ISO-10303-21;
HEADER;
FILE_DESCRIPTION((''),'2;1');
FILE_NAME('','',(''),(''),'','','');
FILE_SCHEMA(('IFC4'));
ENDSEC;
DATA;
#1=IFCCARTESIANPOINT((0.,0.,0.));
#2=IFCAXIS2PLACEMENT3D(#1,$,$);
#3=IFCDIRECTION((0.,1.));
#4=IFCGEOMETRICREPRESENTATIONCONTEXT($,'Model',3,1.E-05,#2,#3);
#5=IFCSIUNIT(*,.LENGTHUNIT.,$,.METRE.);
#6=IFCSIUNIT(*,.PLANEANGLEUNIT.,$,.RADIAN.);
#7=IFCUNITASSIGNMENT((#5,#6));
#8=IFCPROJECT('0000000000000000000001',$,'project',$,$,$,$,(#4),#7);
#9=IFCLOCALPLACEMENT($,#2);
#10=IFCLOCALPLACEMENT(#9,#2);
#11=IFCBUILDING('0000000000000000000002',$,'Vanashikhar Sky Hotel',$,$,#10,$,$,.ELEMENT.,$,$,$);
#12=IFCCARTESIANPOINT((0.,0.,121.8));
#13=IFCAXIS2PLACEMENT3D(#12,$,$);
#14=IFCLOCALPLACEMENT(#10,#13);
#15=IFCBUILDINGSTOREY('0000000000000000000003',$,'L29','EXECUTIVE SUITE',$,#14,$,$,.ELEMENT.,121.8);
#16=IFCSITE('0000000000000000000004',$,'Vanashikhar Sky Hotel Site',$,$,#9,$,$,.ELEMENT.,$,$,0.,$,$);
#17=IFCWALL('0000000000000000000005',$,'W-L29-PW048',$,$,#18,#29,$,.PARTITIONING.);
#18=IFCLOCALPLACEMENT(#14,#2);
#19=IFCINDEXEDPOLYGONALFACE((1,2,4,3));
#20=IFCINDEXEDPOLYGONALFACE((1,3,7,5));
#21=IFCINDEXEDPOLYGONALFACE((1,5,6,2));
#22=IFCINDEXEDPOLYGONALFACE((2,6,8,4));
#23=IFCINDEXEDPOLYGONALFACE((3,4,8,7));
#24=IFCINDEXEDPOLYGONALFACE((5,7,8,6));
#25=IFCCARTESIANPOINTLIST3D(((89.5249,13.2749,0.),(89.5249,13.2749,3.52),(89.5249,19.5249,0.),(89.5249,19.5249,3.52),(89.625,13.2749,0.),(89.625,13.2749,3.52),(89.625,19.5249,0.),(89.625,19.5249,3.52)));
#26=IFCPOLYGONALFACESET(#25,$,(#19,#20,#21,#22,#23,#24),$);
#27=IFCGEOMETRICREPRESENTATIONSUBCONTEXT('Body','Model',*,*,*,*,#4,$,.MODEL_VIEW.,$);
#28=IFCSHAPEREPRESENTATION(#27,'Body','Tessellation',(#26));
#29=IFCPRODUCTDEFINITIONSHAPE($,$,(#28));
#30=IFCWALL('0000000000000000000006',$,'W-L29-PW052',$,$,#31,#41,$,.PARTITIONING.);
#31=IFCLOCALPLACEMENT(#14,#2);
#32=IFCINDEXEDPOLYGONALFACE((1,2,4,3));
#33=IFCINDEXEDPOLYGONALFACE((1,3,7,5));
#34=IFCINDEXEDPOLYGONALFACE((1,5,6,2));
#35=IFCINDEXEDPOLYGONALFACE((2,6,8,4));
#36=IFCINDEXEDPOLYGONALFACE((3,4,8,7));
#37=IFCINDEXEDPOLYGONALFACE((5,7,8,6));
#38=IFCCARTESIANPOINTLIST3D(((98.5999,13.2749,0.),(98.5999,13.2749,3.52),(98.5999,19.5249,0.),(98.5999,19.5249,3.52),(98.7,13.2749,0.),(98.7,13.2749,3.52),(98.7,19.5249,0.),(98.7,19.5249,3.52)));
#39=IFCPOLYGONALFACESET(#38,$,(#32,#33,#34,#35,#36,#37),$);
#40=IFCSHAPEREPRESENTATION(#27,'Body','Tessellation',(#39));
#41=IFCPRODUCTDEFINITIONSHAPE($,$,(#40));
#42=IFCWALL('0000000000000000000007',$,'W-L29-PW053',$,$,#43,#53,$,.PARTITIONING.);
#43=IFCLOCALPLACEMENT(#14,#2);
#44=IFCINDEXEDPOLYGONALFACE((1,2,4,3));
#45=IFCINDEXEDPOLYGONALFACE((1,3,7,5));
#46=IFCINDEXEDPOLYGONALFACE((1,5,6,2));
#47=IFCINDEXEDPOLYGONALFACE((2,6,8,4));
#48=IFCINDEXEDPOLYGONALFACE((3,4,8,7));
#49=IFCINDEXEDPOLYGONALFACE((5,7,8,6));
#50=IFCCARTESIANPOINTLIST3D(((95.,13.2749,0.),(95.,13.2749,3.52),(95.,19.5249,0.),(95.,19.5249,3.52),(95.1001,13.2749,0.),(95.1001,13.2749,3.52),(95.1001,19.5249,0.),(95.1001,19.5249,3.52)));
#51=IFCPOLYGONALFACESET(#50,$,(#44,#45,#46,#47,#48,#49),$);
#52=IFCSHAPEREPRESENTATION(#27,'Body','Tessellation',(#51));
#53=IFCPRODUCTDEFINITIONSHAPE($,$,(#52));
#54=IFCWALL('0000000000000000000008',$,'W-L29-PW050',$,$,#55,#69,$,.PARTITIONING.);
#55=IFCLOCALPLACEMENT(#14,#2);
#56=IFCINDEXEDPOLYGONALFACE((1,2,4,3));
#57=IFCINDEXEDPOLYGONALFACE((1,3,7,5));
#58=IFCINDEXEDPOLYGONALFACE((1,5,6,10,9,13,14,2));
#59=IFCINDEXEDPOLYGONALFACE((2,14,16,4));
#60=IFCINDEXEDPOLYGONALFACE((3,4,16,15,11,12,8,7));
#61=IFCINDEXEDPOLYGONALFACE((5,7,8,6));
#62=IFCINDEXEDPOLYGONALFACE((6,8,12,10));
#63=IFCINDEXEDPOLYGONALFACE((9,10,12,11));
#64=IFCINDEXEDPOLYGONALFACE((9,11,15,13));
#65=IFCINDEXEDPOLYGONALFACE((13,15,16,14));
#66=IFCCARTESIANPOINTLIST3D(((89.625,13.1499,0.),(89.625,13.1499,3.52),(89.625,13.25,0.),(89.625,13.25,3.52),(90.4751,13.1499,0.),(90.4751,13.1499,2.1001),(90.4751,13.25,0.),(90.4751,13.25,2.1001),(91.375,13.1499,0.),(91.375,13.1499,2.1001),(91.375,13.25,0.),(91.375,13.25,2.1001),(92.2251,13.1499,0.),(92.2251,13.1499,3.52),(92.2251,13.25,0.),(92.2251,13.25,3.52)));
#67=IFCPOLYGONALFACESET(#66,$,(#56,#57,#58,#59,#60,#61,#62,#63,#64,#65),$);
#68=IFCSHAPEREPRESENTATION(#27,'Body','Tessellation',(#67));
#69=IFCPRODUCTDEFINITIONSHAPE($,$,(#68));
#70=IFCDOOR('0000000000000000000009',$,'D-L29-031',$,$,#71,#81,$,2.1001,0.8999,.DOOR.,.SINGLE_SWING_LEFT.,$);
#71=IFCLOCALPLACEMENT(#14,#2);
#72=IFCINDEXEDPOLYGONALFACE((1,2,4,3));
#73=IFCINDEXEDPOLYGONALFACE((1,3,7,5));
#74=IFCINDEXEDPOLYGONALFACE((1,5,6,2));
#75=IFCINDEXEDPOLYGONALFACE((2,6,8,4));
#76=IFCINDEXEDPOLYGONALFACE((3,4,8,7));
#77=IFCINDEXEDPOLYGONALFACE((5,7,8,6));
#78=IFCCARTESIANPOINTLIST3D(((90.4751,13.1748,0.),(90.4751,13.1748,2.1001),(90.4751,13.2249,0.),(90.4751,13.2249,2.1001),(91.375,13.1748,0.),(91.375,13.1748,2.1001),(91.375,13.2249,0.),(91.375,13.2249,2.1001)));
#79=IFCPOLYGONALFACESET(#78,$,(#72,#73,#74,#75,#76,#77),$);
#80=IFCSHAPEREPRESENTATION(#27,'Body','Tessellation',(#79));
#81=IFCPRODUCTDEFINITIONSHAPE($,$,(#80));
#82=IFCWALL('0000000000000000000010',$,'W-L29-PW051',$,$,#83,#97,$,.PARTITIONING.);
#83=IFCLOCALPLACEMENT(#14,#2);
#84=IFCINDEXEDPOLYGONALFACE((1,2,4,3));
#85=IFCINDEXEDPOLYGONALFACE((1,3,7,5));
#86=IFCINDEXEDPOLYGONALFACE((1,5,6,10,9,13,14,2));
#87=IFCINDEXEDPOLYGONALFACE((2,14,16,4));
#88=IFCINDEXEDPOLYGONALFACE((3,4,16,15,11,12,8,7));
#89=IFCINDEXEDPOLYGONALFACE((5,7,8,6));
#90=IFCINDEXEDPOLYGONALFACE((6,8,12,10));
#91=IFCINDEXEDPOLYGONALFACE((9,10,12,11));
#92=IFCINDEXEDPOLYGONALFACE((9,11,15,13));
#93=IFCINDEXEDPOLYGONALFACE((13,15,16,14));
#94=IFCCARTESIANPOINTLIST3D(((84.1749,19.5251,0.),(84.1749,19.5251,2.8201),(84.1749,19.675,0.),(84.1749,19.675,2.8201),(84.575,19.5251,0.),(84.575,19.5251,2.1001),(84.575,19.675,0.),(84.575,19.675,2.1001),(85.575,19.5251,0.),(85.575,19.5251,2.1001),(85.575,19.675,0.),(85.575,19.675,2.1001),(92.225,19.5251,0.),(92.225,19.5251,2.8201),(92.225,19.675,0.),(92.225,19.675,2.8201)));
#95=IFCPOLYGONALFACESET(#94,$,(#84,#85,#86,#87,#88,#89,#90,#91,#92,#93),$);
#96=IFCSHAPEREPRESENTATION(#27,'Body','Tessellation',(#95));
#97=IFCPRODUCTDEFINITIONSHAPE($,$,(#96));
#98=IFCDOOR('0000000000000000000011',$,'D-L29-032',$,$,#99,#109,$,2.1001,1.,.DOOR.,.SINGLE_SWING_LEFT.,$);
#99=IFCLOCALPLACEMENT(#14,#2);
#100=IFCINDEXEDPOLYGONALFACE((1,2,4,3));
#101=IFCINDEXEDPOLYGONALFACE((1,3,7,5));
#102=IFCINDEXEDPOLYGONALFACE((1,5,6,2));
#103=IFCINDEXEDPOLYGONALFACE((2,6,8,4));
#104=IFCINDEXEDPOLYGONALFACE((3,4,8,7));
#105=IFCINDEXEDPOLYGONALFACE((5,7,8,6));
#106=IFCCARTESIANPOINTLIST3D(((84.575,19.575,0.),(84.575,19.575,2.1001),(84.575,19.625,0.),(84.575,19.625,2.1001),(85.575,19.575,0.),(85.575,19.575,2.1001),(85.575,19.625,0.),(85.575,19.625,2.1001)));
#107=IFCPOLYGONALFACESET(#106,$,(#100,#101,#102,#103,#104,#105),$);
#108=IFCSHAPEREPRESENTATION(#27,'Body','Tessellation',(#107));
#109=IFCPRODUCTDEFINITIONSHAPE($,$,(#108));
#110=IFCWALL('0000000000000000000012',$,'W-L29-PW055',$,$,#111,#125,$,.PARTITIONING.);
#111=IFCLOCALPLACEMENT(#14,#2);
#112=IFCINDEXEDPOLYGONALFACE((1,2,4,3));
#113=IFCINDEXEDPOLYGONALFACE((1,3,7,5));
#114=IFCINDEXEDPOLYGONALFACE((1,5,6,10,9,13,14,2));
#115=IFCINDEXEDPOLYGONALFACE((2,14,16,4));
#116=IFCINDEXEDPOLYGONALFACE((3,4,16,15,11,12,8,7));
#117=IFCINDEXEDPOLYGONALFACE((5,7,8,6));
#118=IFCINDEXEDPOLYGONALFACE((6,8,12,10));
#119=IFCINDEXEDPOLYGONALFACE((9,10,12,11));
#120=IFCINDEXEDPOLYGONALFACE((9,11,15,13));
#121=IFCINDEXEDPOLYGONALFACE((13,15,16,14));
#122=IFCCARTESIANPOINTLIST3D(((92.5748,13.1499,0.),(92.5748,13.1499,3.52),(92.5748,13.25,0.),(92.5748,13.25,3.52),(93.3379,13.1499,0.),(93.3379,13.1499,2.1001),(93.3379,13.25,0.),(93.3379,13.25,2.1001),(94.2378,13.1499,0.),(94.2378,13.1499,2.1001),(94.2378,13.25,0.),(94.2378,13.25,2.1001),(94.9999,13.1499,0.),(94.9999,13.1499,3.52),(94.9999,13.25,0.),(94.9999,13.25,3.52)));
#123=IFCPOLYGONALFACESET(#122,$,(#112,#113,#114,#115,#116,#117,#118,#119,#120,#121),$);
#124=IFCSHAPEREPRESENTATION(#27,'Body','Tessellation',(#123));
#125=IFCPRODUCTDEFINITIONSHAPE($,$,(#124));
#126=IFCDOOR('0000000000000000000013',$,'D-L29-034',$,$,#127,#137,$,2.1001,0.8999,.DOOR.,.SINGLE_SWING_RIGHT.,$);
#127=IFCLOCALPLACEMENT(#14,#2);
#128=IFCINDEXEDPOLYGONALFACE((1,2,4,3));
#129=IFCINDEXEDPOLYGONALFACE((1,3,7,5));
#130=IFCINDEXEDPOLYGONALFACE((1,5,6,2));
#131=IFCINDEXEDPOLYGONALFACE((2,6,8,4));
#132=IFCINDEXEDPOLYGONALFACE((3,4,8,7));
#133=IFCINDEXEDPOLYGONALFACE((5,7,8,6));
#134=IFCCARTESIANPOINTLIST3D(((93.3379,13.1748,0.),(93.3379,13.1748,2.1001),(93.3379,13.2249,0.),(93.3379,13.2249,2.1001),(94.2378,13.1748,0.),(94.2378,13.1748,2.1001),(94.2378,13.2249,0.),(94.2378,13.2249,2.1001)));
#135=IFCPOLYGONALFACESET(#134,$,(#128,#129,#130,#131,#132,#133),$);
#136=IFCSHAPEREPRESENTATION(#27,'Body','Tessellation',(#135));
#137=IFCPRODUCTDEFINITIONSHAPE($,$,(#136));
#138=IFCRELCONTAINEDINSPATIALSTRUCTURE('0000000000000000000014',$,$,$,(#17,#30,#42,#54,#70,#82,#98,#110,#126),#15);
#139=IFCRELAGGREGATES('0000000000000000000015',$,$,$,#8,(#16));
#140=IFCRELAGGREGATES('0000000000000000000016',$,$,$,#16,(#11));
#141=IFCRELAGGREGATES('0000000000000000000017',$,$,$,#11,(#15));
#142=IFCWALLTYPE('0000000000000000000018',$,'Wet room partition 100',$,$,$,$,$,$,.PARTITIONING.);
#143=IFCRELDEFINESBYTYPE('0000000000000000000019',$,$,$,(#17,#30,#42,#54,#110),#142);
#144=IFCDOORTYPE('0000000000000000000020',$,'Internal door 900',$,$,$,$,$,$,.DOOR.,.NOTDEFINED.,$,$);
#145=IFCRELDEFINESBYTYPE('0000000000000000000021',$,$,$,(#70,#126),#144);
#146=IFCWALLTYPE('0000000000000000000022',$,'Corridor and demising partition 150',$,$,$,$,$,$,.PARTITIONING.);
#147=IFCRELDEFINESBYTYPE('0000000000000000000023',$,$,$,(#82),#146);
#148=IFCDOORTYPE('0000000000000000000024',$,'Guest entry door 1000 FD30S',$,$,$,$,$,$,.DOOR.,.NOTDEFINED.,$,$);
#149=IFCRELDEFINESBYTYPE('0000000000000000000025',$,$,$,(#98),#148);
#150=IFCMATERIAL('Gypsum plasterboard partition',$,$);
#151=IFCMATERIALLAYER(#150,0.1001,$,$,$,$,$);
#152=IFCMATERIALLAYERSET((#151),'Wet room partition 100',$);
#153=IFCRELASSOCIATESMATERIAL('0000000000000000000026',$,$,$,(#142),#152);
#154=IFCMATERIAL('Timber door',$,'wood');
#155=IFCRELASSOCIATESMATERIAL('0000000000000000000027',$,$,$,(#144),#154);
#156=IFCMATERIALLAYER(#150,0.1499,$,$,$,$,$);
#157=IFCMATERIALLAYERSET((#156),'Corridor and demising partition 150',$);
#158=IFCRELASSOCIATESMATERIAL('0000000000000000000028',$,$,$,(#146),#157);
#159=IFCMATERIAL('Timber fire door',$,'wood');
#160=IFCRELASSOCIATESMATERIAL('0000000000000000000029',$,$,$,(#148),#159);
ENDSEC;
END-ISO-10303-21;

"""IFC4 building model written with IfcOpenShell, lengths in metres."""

from ifc_helpers import new_model, si_unit, direction, frame, frame_2d, origin, place, context, subcontext, project, spatial, rectangle, extrude, source, transform, mapped, material, layer, layer_set, type_object, element, fill, save


model = new_model("IFC4")

# Units and contexts
model_context = context("Model", 3, precision=1e-05, world=origin(), true_north=direction((0.0, 1.0)))
body_context = subcontext(model_context, "Body", "Model", "MODEL_VIEW")
ifc_project = project(units=[si_unit("LENGTHUNIT", "METRE"), si_unit("PLANEANGLEUNIT", "RADIAN")], contexts=[model_context])

# Site, building, storey
site_placement = place(None, origin())
site = spatial("IfcSite", under=ifc_project, at=site_placement, Name="Vanashikhar Sky Hotel Site", CompositionType="ELEMENT", RefElevation=0.0)
building_placement = place(site_placement, origin())
building = spatial("IfcBuilding", under=site, at=building_placement, Name="Vanashikhar Sky Hotel", CompositionType="ELEMENT")
storey_placement = place(building_placement, frame((0.0, 0.0, 121.8)))
storey = spatial("IfcBuildingStorey", under=building, at=storey_placement, Name="L29", Description="EXECUTIVE SUITE", CompositionType="ELEMENT", Elevation=121.8)

# Shared definitions
ifc_material_1 = material(Name="Gypsum plasterboard partition")
ifc_layer_1 = layer(ifc_material_1, 0.1001)
ifc_layer_set_1 = layer_set([ifc_layer_1], Name="Wet room partition 100")
wall_type_1 = type_object("IfcWallType", Name="Wet room partition 100", PredefinedType="PARTITIONING", material=ifc_layer_set_1)
shared_shape_1 = source(origin(), body_context, "Body", "SweptSolid", [
    extrude(rectangle(XDim=0.8999, YDim=2.1001, at=frame_2d((0.45, 1.05))), frame((0.0, 0.0601, 0.0), z_axis=(0.0, -1.0, 0.0), x_axis=(1.0, 0.0, 0.0)), (0.0, 0.0, 1.0), 0.1201),
])
ifc_material_2 = material(Name="Timber door", Category="wood")
door_type_1 = type_object("IfcDoorType", Name="Internal door 900", OperationType="NOTDEFINED", PredefinedType="DOOR", material=ifc_material_2)
shared_shape_2 = source(origin(), body_context, "Body", "SweptSolid", [
    extrude(rectangle(XDim=0.8999, YDim=2.1001, at=frame_2d((0.45, 1.05))), frame((0.0, 0.0249, 0.0), z_axis=(0.0, -1.0, 0.0), x_axis=(1.0, 0.0, 0.0)), (0.0, 0.0, 1.0), 0.05),
])

# Walls
shared_shape_3 = source(origin(), body_context, "Body", "SweptSolid", [
    extrude(rectangle(XDim=6.25, YDim=0.1001, at=frame_2d((3.125, 0.0))), origin(), (0.0, 0.0, 1.0), 3.52),
])
for number, where, z_axis, x_axis, name in (
    (1, (89.575, 13.2749, 0.0), (0.0, 0.0, 1.0), (0.0, 1.0, 0.0), "W-L29-PW048"),
    (2, (98.6499, 13.2749, 0.0), (0.0, 0.0, 1.0), (0.0, 1.0, 0.0), "W-L29-PW052"),
    (3, (95.05, 13.2749, 0.0), (0.0, 0.0, 1.0), (0.0, 1.0, 0.0), "W-L29-PW053"),
):
    element("IfcWall", number, at=place(storey_placement, frame(where, z_axis=z_axis, x_axis=x_axis)), inside=storey, type_object=wall_type_1, Name=name, PredefinedType="PARTITIONING", context=body_context, shape_type="MappedRepresentation", body=[
        mapped(shared_shape_3, transform((0.0, 0.0, 0.0), scale=1.0)),
    ])

# Walls, openings, doors
shared_shape_4 = source(origin(), body_context, "Body", "SweptSolid", [
    extrude(rectangle(XDim=2.6001, YDim=0.1001, at=frame_2d((1.3, 0.0))), origin(), (0.0, 0.0, 1.0), 3.52),
])
wall_1_placement = place(storey_placement, frame((89.625, 13.2, 0.0), z_axis=(0.0, 0.0, 1.0), x_axis=(1.0, 0.0, 0.0)))
wall_1 = element("IfcWall", 4, at=wall_1_placement, inside=storey, type_object=wall_type_1, Name="W-L29-PW050", PredefinedType="PARTITIONING", context=body_context, shape_type="MappedRepresentation", body=[
    mapped(shared_shape_4, transform((0.0, 0.0, 0.0), scale=1.0)),
])
opening_1_placement = place(wall_1_placement, frame((0.8501, 0.0, 0.0)))
opening_1 = element("IfcOpeningElement", 5, at=opening_1_placement, cuts=wall_1, PredefinedType="OPENING", context=body_context, shape_type="MappedRepresentation", body=[
    mapped(shared_shape_1, transform((0.0, 0.0, 0.0), scale=1.0)),
])
door_1_placement = place(opening_1_placement, origin())
door_1 = element("IfcDoor", 6, at=door_1_placement, inside=storey, type_object=door_type_1, Name="D-L29-031", OperationType="SINGLE_SWING_LEFT", OverallHeight=2.1001, OverallWidth=0.8999, PredefinedType="DOOR", context=body_context, shape_type="MappedRepresentation", body=[
    mapped(shared_shape_2, transform((0.0, 0.0, 0.0), scale=1.0)),
])
fill(opening_1, door_1)
ifc_layer_2 = layer(ifc_material_1, 0.1499)
ifc_layer_set_2 = layer_set([ifc_layer_2], Name="Corridor and demising partition 150")
wall_type_2 = type_object("IfcWallType", Name="Corridor and demising partition 150", PredefinedType="PARTITIONING", material=ifc_layer_set_2)
shared_shape_5 = source(origin(), body_context, "Body", "SweptSolid", [
    extrude(rectangle(XDim=8.05, YDim=0.1499, at=frame_2d((4.0249, 0.0))), origin(), (0.0, 0.0, 1.0), 2.8201),
])
wall_2_placement = place(storey_placement, frame((84.175, 19.6001, 0.0), z_axis=(0.0, 0.0, 1.0), x_axis=(1.0, 0.0, 0.0)))
wall_2 = element("IfcWall", 7, at=wall_2_placement, inside=storey, type_object=wall_type_2, Name="W-L29-PW051", PredefinedType="PARTITIONING", context=body_context, shape_type="MappedRepresentation", body=[
    mapped(shared_shape_5, transform((0.0, 0.0, 0.0), scale=1.0)),
])
shared_shape_6 = source(origin(), body_context, "Body", "SweptSolid", [
    extrude(rectangle(XDim=1.0, YDim=2.1001, at=frame_2d((0.5, 1.05))), frame((0.0, 0.085, 0.0), z_axis=(0.0, -1.0, 0.0), x_axis=(1.0, 0.0, 0.0)), (0.0, 0.0, 1.0), 0.1699),
])
opening_2_placement = place(wall_2_placement, frame((0.3999, 0.0, 0.0)))
opening_2 = element("IfcOpeningElement", 8, at=opening_2_placement, cuts=wall_2, PredefinedType="OPENING", context=body_context, shape_type="MappedRepresentation", body=[
    mapped(shared_shape_6, transform((0.0, 0.0, 0.0), scale=1.0)),
])
ifc_material_3 = material(Name="Timber fire door", Category="wood")
door_type_2 = type_object("IfcDoorType", Name="Guest entry door 1000 FD30S", OperationType="NOTDEFINED", PredefinedType="DOOR", material=ifc_material_3)
shared_shape_7 = source(origin(), body_context, "Body", "SweptSolid", [
    extrude(rectangle(XDim=1.0, YDim=2.1001, at=frame_2d((0.5, 1.05))), frame((0.0, 0.0249, 0.0), z_axis=(0.0, -1.0, 0.0), x_axis=(1.0, 0.0, 0.0)), (0.0, 0.0, 1.0), 0.05),
])
door_2_placement = place(opening_2_placement, origin())
door_2 = element("IfcDoor", 9, at=door_2_placement, inside=storey, type_object=door_type_2, Name="D-L29-032", OperationType="SINGLE_SWING_LEFT", OverallHeight=2.1001, OverallWidth=1.0, PredefinedType="DOOR", context=body_context, shape_type="MappedRepresentation", body=[
    mapped(shared_shape_7, transform((0.0, 0.0, 0.0), scale=1.0)),
])
fill(opening_2, door_2)
shared_shape_8 = source(origin(), body_context, "Body", "SweptSolid", [
    extrude(rectangle(XDim=2.425, YDim=0.1001, at=frame_2d((1.2124, 0.0))), origin(), (0.0, 0.0, 1.0), 3.52),
])
wall_3_placement = place(storey_placement, frame((92.575, 13.2, 0.0), z_axis=(0.0, 0.0, 1.0), x_axis=(1.0, 0.0, 0.0)))
wall_3 = element("IfcWall", 10, at=wall_3_placement, inside=storey, type_object=wall_type_1, Name="W-L29-PW055", PredefinedType="PARTITIONING", context=body_context, shape_type="MappedRepresentation", body=[
    mapped(shared_shape_8, transform((0.0, 0.0, 0.0), scale=1.0)),
])
opening_3_placement = place(wall_3_placement, frame((0.7629, 0.0, 0.0)))
opening_3 = element("IfcOpeningElement", 11, at=opening_3_placement, cuts=wall_3, PredefinedType="OPENING", context=body_context, shape_type="MappedRepresentation", body=[
    mapped(shared_shape_1, transform((0.0, 0.0, 0.0), scale=1.0)),
])
door_3_placement = place(opening_3_placement, origin())
door_3 = element("IfcDoor", 12, at=door_3_placement, inside=storey, type_object=door_type_1, Name="D-L29-034", OperationType="SINGLE_SWING_RIGHT", OverallHeight=2.1001, OverallWidth=0.8999, PredefinedType="DOOR", context=body_context, shape_type="MappedRepresentation", body=[
    mapped(shared_shape_2, transform((0.0, 0.0, 0.0), scale=1.0)),
])
fill(opening_3, door_3)

save(model, "model.ifc")
